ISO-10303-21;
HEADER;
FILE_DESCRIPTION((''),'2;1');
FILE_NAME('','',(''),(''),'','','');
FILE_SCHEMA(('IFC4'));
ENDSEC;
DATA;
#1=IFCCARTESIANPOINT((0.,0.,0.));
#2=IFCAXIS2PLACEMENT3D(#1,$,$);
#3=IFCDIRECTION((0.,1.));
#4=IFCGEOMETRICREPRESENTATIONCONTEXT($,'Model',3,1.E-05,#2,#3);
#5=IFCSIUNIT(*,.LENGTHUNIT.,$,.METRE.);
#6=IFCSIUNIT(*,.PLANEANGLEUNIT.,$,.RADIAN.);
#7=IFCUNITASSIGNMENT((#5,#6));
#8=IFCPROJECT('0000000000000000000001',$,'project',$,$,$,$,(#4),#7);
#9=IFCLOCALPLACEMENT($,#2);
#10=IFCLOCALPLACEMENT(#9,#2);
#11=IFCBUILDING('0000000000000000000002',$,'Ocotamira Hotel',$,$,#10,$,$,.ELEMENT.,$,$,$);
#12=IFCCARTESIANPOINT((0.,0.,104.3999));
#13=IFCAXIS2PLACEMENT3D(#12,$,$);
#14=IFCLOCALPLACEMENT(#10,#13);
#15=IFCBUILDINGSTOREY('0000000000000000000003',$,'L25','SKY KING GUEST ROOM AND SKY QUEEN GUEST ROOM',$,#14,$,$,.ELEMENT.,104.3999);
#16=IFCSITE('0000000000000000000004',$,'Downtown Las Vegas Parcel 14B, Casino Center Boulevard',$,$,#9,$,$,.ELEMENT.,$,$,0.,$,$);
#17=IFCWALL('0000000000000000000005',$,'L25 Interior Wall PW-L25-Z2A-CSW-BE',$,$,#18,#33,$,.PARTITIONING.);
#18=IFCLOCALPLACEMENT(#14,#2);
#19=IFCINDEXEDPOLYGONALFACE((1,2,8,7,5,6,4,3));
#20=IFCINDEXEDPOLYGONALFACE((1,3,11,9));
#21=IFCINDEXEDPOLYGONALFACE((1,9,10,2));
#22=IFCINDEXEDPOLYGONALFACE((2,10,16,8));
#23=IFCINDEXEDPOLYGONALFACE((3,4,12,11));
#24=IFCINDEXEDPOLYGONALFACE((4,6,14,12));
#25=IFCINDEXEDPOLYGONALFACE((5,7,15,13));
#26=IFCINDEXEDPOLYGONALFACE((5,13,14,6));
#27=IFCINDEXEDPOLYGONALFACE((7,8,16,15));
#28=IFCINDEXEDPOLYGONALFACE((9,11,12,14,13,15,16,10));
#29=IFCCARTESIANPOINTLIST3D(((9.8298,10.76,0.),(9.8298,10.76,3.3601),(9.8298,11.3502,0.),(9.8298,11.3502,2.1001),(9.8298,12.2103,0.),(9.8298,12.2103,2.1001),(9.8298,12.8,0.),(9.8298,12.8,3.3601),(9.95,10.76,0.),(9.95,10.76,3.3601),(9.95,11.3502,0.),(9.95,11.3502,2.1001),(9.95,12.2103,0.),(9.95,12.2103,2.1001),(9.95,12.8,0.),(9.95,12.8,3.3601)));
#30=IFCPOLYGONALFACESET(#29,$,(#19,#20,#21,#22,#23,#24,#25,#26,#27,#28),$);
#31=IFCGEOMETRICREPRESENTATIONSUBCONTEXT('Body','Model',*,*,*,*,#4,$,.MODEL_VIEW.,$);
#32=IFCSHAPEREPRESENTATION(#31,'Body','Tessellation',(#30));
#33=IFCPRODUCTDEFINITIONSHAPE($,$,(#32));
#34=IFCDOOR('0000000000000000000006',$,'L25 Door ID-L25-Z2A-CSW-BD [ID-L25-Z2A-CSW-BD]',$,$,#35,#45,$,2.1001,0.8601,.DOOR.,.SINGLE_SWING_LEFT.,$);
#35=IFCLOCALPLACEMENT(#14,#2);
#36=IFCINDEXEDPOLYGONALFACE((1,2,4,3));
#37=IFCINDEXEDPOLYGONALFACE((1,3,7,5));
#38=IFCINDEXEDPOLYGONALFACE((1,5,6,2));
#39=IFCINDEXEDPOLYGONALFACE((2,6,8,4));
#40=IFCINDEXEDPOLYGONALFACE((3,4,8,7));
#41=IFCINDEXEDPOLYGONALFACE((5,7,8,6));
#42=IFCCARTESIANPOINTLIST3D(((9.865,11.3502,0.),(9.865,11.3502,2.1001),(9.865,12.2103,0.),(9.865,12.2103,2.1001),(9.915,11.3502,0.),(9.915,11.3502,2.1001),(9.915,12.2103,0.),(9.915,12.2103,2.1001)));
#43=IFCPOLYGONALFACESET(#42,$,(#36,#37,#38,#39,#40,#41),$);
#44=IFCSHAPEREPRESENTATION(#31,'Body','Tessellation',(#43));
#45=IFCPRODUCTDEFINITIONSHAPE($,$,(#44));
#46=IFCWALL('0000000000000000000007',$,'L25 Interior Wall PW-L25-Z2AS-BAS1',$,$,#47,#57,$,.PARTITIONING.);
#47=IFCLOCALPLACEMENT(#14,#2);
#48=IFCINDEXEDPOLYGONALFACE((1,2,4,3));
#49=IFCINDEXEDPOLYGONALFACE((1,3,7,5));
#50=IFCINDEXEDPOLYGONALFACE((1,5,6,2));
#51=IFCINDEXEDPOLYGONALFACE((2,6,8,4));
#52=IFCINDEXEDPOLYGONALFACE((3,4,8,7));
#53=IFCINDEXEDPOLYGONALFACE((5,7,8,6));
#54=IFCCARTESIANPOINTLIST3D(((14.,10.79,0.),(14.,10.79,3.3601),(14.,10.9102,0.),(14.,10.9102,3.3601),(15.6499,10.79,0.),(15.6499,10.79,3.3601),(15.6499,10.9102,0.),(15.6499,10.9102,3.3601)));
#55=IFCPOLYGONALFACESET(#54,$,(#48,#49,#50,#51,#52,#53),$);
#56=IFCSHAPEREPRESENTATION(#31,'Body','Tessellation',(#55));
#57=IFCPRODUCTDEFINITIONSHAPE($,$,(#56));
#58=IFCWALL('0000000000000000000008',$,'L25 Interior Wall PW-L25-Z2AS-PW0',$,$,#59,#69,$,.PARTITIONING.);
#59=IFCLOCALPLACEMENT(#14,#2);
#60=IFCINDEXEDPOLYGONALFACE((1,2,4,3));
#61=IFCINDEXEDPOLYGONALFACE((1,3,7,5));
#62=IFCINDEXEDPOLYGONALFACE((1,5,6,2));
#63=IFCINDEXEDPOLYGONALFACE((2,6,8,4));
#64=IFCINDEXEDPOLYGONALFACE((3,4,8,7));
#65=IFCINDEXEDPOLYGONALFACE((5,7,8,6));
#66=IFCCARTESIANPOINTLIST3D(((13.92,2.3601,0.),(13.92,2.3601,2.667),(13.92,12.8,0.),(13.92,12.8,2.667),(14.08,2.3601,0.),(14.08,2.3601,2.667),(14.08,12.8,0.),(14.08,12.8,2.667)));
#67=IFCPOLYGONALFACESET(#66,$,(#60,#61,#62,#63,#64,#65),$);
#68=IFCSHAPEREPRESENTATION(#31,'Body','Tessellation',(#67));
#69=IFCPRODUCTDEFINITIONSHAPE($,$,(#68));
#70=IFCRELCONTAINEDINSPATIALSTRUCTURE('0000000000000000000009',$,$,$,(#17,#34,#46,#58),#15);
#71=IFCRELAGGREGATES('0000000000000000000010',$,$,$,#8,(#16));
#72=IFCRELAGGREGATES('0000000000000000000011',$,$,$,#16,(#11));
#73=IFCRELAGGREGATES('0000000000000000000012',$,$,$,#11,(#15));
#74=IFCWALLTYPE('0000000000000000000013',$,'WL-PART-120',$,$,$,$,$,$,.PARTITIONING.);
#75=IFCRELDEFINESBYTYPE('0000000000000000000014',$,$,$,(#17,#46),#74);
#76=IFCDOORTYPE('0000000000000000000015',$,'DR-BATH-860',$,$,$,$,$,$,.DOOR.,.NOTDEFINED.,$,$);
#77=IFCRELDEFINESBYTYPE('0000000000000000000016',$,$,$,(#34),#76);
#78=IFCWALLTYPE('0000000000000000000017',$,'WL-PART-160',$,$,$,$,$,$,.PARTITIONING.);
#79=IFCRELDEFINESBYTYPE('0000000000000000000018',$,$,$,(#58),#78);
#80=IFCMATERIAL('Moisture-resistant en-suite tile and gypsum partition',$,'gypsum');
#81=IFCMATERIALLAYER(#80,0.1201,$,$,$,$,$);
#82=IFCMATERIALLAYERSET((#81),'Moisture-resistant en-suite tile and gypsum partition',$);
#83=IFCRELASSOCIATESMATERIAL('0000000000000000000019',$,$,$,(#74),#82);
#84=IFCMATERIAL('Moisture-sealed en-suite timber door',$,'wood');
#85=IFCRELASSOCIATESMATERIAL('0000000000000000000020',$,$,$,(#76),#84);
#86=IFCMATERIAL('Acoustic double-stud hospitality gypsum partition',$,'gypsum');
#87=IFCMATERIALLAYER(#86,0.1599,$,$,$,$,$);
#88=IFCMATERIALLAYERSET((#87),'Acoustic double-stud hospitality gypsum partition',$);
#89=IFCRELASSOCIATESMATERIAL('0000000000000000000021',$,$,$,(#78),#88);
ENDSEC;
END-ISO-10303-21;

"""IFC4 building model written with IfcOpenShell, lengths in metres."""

from ifc_helpers import new_model, si_unit, direction, frame, frame_2d, origin, place, context, subcontext, project, spatial, rectangle, extrude, source, transform, mapped, material, layer, layer_set, type_object, element, fill, save


model = new_model("IFC4")

# Units and contexts
model_context = context("Model", 3, precision=1e-05, world=origin(), true_north=direction((0.0, 1.0)))
body_context = subcontext(model_context, "Body", "Model", "MODEL_VIEW")
ifc_project = project(units=[si_unit("LENGTHUNIT", "METRE"), si_unit("PLANEANGLEUNIT", "RADIAN")], contexts=[model_context])

# Site, building, storey
site_placement = place(None, origin())
site = spatial("IfcSite", under=ifc_project, at=site_placement, Name="Downtown Las Vegas Parcel 14B, Casino Center Boulevard", CompositionType="ELEMENT", RefElevation=0.0)
building_placement = place(site_placement, origin())
building = spatial("IfcBuilding", under=site, at=building_placement, Name="Ocotamira Hotel", CompositionType="ELEMENT")
storey_placement = place(building_placement, frame((0.0, 0.0, 104.3999)))
storey = spatial("IfcBuildingStorey", under=building, at=storey_placement, Name="L25", Description="SKY KING GUEST ROOM AND SKY QUEEN GUEST ROOM", CompositionType="ELEMENT", Elevation=104.3999)

# Wall, opening, door
ifc_material_1 = material(Name="Moisture-resistant en-suite tile and gypsum partition", Category="gypsum")
ifc_layer_1 = layer(ifc_material_1, 0.1201)
ifc_layer_set_1 = layer_set([ifc_layer_1], Name="Moisture-resistant en-suite tile and gypsum partition")
wall_type_1 = type_object("IfcWallType", Name="WL-PART-120", PredefinedType="PARTITIONING", material=ifc_layer_set_1)
wall_1_placement = place(storey_placement, frame((9.8899, 10.76, 0.0), z_axis=(0.0, 0.0, 1.0), x_axis=(0.0, 1.0, 0.0)))
wall_1 = element("IfcWall", 1, at=wall_1_placement, inside=storey, type_object=wall_type_1, Name="L25 Interior Wall PW-L25-Z2A-CSW-BE", PredefinedType="PARTITIONING", context=body_context, shape_type="SweptSolid", body=[
    extrude(rectangle(XDim=2.04, YDim=0.1201, at=frame_2d((1.02, 0.0))), origin(), (0.0, 0.0, 1.0), 3.3601),
])
opening_1_placement = place(wall_1_placement, frame((0.5901, 0.0, 0.0)))
opening_1 = element("IfcOpeningElement", 2, at=opening_1_placement, cuts=wall_1, PredefinedType="OPENING", context=body_context, shape_type="SweptSolid", body=[
    extrude(rectangle(XDim=0.8601, YDim=2.1001, at=frame_2d((0.4302, 1.05))), frame((0.0, 0.0701, 0.0), z_axis=(0.0, -1.0, 0.0), x_axis=(1.0, 0.0, 0.0)), (0.0, 0.0, 1.0), 0.1401),
])
ifc_material_2 = material(Name="Moisture-sealed en-suite timber door", Category="wood")
door_type_1 = type_object("IfcDoorType", Name="DR-BATH-860", OperationType="NOTDEFINED", PredefinedType="DOOR", material=ifc_material_2)
shared_shape_1 = source(origin(), body_context, "Body", "SweptSolid", [
    extrude(rectangle(XDim=0.8601, YDim=2.1001, at=frame_2d((0.4302, 1.05))), frame((0.0, 0.0249, 0.0), z_axis=(0.0, -1.0, 0.0), x_axis=(1.0, 0.0, 0.0)), (0.0, 0.0, 1.0), 0.05),
])
door_1_placement = place(opening_1_placement, origin())
door_1 = element("IfcDoor", 3, at=door_1_placement, inside=storey, type_object=door_type_1, Name="L25 Door ID-L25-Z2A-CSW-BD [ID-L25-Z2A-CSW-BD]", OperationType="SINGLE_SWING_LEFT", OverallHeight=2.1001, OverallWidth=0.8601, PredefinedType="DOOR", context=body_context, shape_type="MappedRepresentation", body=[
    mapped(shared_shape_1, transform((0.0, 0.0, 0.0), scale=1.0)),
])
fill(opening_1, door_1)

# Walls
wall_2_placement = place(storey_placement, frame((14.0, 10.8501, 0.0), z_axis=(0.0, 0.0, 1.0), x_axis=(1.0, 0.0, 0.0)))
element("IfcWall", 4, at=wall_2_placement, inside=storey, type_object=wall_type_1, Name="L25 Interior Wall PW-L25-Z2AS-BAS1", PredefinedType="PARTITIONING", context=body_context, shape_type="SweptSolid", body=[
    extrude(rectangle(XDim=1.6499, YDim=0.1201, at=frame_2d((0.825, 0.0))), origin(), (0.0, 0.0, 1.0), 3.3601),
])
ifc_material_3 = material(Name="Acoustic double-stud hospitality gypsum partition", Category="gypsum")
ifc_layer_2 = layer(ifc_material_3, 0.1599)
ifc_layer_set_2 = layer_set([ifc_layer_2], Name="Acoustic double-stud hospitality gypsum partition")
wall_type_2 = type_object("IfcWallType", Name="WL-PART-160", PredefinedType="PARTITIONING", material=ifc_layer_set_2)
wall_3_placement = place(storey_placement, frame((14.0, 2.3601, 0.0), z_axis=(0.0, 0.0, 1.0), x_axis=(0.0, 1.0, 0.0)))
element("IfcWall", 5, at=wall_3_placement, inside=storey, type_object=wall_type_2, Name="L25 Interior Wall PW-L25-Z2AS-PW0", PredefinedType="PARTITIONING", context=body_context, shape_type="SweptSolid", body=[
    extrude(rectangle(XDim=10.4399, YDim=0.1599, at=frame_2d((5.22, 0.0))), origin(), (0.0, 0.0, 1.0), 2.667),
])

save(model, "model.ifc")
